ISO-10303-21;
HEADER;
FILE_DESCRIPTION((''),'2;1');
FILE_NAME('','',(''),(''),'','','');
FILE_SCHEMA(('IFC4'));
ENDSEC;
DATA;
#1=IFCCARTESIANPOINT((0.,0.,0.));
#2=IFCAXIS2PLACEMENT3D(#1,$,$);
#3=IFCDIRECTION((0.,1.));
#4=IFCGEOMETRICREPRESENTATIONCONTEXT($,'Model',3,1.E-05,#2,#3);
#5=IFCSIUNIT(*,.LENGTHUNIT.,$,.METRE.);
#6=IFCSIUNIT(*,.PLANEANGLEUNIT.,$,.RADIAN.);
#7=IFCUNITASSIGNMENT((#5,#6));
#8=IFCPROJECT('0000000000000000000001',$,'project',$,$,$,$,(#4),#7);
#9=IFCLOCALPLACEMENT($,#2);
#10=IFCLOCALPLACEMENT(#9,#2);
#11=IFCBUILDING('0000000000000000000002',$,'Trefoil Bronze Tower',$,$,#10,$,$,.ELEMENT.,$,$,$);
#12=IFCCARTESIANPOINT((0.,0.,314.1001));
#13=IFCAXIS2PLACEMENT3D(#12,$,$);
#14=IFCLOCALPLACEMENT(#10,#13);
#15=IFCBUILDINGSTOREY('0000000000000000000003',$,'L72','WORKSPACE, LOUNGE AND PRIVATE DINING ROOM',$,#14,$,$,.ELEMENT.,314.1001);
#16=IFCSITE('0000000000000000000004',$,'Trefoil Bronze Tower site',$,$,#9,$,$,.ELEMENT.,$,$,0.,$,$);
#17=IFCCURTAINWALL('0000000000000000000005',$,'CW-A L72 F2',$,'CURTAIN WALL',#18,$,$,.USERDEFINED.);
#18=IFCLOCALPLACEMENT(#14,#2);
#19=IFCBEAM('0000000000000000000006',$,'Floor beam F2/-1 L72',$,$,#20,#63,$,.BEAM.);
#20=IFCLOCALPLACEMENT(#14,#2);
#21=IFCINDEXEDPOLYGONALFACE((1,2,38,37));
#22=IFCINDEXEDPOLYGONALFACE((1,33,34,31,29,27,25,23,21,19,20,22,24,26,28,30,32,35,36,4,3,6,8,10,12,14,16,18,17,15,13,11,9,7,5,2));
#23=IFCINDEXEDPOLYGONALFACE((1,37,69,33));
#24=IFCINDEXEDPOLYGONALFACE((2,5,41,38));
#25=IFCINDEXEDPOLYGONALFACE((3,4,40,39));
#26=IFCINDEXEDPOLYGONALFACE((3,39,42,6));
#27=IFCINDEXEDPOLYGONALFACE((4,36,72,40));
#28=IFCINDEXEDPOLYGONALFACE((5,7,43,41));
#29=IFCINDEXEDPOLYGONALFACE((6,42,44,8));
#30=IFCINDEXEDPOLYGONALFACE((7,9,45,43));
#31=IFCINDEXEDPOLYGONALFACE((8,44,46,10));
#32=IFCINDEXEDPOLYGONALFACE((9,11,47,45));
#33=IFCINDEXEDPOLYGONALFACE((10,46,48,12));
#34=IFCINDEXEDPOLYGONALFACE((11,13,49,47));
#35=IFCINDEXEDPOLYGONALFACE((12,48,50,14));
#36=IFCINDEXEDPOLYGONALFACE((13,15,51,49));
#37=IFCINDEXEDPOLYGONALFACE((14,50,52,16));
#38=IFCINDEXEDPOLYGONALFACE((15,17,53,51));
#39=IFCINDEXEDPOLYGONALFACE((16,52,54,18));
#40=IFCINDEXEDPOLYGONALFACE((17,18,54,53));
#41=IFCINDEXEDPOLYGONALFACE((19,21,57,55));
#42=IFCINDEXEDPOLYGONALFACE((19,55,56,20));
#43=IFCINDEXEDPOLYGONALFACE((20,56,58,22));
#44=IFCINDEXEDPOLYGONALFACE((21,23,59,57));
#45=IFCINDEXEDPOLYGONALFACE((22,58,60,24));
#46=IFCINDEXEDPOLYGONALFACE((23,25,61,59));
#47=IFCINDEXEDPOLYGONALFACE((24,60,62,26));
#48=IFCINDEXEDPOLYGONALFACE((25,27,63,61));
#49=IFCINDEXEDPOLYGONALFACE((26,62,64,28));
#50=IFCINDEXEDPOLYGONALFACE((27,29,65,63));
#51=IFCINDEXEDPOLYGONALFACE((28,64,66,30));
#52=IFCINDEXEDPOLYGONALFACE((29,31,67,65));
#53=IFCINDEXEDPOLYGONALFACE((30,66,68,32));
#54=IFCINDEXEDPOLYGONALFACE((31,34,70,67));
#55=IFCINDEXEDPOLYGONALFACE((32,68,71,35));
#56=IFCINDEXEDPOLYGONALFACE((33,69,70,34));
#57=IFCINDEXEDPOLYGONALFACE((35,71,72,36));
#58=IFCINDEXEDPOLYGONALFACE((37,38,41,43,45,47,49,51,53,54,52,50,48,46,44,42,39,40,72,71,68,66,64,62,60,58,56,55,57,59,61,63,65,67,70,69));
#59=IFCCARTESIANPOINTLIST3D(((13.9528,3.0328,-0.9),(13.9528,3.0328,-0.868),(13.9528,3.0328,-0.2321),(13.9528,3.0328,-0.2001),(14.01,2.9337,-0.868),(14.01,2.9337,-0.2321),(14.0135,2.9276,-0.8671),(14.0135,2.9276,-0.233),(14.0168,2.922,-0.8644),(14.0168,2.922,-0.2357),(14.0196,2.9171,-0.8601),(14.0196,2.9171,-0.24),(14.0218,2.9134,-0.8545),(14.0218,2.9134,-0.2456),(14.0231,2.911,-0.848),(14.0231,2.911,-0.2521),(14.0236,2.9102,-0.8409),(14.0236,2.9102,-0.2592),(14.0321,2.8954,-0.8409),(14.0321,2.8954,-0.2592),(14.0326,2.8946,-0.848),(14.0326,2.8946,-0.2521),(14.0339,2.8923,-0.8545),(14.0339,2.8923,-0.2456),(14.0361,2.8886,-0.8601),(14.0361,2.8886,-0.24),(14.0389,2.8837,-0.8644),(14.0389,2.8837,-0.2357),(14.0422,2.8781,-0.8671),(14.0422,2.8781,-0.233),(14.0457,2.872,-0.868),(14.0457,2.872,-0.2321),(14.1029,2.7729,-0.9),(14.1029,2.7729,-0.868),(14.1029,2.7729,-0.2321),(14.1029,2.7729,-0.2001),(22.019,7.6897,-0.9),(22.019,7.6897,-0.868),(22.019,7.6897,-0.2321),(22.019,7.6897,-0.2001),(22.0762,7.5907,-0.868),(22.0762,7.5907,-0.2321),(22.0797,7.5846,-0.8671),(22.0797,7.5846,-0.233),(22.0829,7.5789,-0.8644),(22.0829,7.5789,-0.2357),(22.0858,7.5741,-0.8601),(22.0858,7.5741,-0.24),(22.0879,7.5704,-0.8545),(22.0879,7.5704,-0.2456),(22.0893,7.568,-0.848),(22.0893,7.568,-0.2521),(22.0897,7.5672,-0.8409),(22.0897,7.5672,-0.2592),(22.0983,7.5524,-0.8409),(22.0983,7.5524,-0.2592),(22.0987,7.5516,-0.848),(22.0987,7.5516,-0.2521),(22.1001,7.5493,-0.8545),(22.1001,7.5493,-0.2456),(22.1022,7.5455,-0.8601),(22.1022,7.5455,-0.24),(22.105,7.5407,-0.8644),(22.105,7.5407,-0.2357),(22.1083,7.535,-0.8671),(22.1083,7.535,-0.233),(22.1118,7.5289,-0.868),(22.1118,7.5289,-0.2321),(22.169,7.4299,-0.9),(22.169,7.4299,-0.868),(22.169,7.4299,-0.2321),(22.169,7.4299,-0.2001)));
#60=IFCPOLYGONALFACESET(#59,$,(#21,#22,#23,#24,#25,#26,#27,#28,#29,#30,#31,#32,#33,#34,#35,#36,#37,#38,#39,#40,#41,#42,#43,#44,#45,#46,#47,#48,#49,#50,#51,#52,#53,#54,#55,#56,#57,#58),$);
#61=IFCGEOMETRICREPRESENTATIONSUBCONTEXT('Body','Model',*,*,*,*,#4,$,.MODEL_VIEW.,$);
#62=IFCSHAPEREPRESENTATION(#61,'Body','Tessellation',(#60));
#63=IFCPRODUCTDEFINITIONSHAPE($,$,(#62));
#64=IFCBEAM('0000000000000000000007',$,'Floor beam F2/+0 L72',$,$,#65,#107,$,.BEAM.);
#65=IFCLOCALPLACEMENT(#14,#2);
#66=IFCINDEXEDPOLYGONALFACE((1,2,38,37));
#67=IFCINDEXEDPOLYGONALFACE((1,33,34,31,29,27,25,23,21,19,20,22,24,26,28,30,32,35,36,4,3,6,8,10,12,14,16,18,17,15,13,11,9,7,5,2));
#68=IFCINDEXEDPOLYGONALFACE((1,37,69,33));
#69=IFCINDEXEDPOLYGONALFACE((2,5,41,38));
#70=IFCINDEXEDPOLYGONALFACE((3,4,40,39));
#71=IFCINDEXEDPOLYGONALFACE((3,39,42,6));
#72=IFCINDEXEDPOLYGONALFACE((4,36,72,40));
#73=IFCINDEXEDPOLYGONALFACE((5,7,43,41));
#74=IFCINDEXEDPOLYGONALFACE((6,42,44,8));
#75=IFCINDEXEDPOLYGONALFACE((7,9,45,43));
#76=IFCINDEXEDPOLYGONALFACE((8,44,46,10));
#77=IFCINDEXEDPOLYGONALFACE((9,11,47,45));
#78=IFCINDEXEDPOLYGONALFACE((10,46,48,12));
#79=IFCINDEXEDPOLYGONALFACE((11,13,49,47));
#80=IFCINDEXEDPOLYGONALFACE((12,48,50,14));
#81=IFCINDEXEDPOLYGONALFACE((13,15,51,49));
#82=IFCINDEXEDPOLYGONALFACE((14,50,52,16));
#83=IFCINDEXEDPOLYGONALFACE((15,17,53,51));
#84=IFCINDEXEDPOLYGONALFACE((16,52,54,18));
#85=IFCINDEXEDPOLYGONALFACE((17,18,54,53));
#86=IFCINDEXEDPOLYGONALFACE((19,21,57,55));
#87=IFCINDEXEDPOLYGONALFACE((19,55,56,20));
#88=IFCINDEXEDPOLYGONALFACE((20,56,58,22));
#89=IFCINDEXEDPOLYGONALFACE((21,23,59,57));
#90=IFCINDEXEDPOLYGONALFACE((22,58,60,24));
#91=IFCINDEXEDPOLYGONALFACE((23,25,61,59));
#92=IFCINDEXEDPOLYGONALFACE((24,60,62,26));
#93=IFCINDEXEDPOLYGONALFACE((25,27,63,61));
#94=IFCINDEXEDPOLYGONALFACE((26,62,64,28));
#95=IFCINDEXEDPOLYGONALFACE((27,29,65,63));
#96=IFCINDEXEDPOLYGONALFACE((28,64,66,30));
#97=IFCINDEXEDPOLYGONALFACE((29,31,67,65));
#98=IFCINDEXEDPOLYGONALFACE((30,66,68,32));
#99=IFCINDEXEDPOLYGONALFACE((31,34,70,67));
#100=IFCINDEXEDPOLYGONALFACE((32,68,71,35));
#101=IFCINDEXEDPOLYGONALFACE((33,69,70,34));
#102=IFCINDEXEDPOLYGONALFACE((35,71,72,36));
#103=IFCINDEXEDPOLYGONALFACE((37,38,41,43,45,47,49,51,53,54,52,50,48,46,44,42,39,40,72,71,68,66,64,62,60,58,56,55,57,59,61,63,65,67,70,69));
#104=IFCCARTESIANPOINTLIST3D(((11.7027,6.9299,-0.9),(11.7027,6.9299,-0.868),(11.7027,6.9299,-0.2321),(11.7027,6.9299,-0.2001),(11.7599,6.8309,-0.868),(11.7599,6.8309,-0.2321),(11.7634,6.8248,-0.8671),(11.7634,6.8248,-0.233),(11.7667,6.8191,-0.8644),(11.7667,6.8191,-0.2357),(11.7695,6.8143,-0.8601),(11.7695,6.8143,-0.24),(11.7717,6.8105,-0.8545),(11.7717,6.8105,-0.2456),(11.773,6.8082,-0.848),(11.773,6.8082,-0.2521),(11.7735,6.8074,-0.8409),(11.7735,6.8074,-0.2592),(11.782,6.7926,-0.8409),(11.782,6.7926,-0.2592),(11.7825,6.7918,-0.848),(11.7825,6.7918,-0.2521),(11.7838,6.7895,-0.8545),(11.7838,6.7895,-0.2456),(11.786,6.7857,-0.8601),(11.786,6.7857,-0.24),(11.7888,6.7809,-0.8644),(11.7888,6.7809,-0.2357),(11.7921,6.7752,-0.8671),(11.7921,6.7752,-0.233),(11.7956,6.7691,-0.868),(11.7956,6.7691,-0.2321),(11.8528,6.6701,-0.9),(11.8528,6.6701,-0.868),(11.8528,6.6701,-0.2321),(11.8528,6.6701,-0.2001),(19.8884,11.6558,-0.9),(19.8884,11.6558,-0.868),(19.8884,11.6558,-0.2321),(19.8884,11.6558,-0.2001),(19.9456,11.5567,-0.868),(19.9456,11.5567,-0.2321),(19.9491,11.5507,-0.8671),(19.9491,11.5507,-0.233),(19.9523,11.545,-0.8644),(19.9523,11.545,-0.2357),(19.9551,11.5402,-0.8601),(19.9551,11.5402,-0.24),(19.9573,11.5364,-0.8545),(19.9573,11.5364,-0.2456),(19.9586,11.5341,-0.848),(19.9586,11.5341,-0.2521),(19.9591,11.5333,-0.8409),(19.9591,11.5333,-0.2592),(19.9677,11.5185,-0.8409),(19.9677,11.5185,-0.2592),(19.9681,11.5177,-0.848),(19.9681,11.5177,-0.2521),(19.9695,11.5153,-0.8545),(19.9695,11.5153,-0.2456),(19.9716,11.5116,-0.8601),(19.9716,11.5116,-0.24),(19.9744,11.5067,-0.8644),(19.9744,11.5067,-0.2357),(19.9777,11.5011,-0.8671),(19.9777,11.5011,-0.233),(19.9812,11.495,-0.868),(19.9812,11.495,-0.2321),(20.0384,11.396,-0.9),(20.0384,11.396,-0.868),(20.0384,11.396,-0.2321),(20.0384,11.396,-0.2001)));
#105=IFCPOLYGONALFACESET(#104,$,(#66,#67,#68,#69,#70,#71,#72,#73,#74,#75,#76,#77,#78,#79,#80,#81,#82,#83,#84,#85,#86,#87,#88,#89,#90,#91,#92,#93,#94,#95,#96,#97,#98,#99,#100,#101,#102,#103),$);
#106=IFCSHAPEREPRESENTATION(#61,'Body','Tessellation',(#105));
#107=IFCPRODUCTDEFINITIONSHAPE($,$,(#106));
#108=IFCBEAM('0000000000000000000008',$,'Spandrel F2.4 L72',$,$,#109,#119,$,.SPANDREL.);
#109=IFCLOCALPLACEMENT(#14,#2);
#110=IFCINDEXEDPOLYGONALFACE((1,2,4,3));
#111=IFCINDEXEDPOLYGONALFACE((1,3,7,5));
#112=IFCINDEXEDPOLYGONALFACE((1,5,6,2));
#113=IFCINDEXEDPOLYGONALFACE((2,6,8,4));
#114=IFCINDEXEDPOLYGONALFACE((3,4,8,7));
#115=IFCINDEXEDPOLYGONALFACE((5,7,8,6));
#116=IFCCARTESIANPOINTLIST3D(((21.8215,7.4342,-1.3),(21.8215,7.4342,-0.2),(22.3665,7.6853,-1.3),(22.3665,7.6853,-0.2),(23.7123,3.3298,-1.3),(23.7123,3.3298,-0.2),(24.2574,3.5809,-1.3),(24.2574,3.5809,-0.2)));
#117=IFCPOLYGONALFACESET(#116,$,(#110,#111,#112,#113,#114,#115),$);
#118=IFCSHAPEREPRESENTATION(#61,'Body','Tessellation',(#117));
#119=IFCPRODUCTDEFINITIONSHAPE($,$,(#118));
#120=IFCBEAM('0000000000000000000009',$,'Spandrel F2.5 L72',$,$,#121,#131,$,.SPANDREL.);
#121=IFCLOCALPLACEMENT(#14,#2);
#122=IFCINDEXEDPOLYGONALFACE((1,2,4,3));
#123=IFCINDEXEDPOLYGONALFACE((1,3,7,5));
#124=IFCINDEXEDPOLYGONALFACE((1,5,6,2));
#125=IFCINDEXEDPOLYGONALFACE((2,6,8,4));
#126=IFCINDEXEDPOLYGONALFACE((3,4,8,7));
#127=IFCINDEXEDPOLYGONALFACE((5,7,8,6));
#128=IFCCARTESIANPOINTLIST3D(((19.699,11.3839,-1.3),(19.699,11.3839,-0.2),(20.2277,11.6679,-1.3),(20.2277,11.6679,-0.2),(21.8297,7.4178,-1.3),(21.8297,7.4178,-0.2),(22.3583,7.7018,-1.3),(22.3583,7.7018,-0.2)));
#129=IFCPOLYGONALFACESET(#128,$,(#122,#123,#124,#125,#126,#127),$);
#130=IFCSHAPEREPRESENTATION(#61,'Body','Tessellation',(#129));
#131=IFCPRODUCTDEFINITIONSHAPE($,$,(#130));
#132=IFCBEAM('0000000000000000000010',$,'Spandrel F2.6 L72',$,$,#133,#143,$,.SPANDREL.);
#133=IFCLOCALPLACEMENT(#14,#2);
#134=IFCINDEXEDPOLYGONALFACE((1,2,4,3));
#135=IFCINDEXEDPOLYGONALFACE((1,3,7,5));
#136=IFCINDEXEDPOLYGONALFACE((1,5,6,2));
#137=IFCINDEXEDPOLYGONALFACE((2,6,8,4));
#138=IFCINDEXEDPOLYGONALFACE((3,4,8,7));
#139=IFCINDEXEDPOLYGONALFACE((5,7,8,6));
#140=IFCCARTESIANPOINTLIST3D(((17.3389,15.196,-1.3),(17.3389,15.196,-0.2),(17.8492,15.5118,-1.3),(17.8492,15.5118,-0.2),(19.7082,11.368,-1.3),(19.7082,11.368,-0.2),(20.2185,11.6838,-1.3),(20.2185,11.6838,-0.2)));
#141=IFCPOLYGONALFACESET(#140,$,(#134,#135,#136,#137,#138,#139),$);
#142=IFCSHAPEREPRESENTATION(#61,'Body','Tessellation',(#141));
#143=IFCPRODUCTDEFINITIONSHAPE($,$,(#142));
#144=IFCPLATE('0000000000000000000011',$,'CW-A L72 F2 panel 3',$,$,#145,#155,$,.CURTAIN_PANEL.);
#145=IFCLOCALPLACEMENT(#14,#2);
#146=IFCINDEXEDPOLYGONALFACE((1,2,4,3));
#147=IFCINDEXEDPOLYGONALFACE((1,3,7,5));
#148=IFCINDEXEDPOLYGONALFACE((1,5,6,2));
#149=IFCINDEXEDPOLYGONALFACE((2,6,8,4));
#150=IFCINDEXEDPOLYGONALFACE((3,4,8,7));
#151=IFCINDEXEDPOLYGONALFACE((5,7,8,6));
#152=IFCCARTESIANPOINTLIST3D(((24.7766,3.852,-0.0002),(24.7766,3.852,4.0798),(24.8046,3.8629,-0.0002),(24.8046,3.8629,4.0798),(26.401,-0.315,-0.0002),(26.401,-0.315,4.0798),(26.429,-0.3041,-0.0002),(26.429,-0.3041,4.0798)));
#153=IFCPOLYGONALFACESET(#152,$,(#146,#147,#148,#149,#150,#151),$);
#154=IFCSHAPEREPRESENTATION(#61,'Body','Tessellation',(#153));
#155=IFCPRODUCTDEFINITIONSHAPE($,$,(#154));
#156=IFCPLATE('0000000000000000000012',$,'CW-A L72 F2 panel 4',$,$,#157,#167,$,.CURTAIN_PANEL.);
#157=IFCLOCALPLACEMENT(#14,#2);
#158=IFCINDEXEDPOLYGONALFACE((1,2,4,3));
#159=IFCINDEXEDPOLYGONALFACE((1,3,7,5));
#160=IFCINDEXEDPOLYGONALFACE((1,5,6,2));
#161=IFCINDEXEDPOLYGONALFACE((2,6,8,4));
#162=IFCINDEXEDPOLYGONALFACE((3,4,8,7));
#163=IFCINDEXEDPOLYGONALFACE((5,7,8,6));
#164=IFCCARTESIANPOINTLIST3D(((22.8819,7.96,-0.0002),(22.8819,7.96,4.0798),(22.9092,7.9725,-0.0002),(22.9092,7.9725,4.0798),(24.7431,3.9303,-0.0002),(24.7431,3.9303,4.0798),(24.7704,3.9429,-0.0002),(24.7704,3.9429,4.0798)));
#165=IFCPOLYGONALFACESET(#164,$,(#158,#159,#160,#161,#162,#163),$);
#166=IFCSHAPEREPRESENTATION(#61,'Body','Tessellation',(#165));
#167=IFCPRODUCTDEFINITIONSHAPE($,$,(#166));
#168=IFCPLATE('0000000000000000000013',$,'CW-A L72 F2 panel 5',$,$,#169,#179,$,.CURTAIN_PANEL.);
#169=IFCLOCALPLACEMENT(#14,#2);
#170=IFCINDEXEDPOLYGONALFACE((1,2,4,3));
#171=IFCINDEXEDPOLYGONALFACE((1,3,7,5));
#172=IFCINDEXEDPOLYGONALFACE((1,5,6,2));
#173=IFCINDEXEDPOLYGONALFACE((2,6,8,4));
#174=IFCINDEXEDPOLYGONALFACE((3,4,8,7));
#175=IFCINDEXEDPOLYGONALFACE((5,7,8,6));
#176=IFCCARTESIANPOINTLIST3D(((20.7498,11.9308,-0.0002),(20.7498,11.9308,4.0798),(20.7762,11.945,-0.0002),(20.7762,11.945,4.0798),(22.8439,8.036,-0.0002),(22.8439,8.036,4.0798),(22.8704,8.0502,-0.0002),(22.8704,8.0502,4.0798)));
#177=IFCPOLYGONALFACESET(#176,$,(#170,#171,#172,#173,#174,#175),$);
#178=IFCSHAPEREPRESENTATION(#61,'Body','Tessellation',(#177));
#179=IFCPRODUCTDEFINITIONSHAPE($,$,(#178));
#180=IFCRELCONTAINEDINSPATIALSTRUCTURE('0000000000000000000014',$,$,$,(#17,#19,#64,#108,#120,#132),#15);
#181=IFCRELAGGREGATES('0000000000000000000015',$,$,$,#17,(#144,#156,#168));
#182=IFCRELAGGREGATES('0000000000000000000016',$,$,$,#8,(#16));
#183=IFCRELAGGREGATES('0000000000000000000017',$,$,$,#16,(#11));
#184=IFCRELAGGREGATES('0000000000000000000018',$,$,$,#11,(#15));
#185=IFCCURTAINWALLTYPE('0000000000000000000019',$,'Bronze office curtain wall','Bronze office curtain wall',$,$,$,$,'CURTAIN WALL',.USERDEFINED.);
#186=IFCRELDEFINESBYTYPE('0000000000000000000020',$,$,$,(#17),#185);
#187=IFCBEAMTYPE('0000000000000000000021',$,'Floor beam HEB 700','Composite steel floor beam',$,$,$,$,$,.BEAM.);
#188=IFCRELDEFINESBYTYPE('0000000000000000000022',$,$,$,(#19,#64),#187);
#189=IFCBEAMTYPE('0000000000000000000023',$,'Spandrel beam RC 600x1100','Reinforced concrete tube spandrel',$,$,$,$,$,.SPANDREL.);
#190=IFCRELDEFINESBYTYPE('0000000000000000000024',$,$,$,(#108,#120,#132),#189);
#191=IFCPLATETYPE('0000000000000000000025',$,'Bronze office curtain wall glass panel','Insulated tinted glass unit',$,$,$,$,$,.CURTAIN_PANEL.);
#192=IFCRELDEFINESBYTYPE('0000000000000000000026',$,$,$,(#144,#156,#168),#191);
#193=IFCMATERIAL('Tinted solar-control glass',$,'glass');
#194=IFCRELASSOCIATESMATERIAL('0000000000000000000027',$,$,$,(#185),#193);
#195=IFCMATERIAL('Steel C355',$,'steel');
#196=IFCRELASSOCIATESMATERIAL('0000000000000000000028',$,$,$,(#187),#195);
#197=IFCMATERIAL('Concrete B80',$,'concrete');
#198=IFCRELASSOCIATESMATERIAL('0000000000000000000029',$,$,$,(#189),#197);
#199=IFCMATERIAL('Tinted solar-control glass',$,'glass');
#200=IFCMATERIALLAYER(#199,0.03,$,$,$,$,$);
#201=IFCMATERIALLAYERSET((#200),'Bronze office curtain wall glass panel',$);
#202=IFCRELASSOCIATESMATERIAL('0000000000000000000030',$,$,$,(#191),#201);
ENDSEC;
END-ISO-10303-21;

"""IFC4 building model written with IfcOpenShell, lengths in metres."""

from ifc_helpers import new_model, si_unit, direction, frame, origin, origin_2d, place, context, subcontext, project, spatial, rectangle, i_section, extrude, material, layer, layer_set, material_profile, profile_set, type_object, element, aggregate, save


model = new_model("IFC4")

# Units and contexts
model_context = context("Model", 3, precision=1e-05, world=origin(), true_north=direction((0.0, 1.0)))
body_context = subcontext(model_context, "Body", "Model", "MODEL_VIEW")
ifc_project = project(units=[si_unit("LENGTHUNIT", "METRE"), si_unit("PLANEANGLEUNIT", "RADIAN")], contexts=[model_context])

# Site, building, storey
site_placement = place(None, origin())
site = spatial("IfcSite", under=ifc_project, at=site_placement, Name="Trefoil Bronze Tower site", CompositionType="ELEMENT", RefElevation=0.0)
building_placement = place(site_placement, origin())
building = spatial("IfcBuilding", under=site, at=building_placement, Name="Trefoil Bronze Tower", CompositionType="ELEMENT")
storey_placement = place(building_placement, frame((0.0, 0.0, 314.1001)))
storey = spatial("IfcBuildingStorey", under=building, at=storey_placement, Name="L72", Description="WORKSPACE, LOUNGE AND PRIVATE DINING ROOM", CompositionType="ELEMENT", Elevation=314.1001)

# Curtain wall
ifc_material_1 = material(Name="Tinted solar-control glass", Category="glass")
curtain_wall_type = type_object("IfcCurtainWallType", Name="Bronze office curtain wall", Description="Bronze office curtain wall", ElementType="CURTAIN WALL", PredefinedType="USERDEFINED", material=ifc_material_1)
curtain_wall_placement = place(storey_placement, origin())
curtain_wall = element("IfcCurtainWall", 1, at=curtain_wall_placement, inside=storey, type_object=curtain_wall_type, Name="CW-A L72 F2", ObjectType="CURTAIN WALL", PredefinedType="USERDEFINED")

# Beams
ifc_material_2 = material(Name="Steel C355", Category="steel")
ifc_material_profile_1 = material_profile(ifc_material_2, i_section(OverallWidth=0.3, OverallDepth=0.7, WebThickness=0.0171, FlangeThickness=0.032, FilletRadius=0.0271, at=origin_2d()), Name="HEB 700")
ifc_profile_set_1 = profile_set([ifc_material_profile_1], Name="Steel C355")
beam_type_1 = type_object("IfcBeamType", Name="Floor beam HEB 700", Description="Composite steel floor beam", PredefinedType="BEAM", material=ifc_profile_set_1)
beam_1_placement = place(storey_placement, frame((22.094, 7.5598, -0.55), z_axis=(-0.866026, -0.499999, 0.0), x_axis=(0.499999, -0.866026, 0.0)))
element("IfcBeam", 2, at=beam_1_placement, inside=storey, type_object=beam_type_1, Name="Floor beam F2/-1 L72", PredefinedType="BEAM", context=body_context, shape_type="SweptSolid", body=[
    extrude(i_section(OverallWidth=0.3, OverallDepth=0.7, WebThickness=0.0171, FlangeThickness=0.032, FilletRadius=0.0271, at=origin_2d()), origin(), (0.0, 0.0, 1.0), 9.314),
])
beam_2_placement = place(storey_placement, frame((19.9634, 11.5259, -0.55), z_axis=(-0.86603, -0.499992, 0.0), x_axis=(0.499992, -0.86603, 0.0)))
element("IfcBeam", 3, at=beam_2_placement, inside=storey, type_object=beam_type_1, Name="Floor beam F2/+0 L72", PredefinedType="BEAM", context=body_context, shape_type="SweptSolid", body=[
    extrude(i_section(OverallWidth=0.3, OverallDepth=0.7, WebThickness=0.0171, FlangeThickness=0.032, FilletRadius=0.0271, at=origin_2d()), origin(), (0.0, 0.0, 1.0), 9.4519),
])
ifc_material_3 = material(Name="Concrete B80", Category="concrete")
ifc_material_profile_2 = material_profile(ifc_material_3, rectangle(XDim=0.6001, YDim=1.1001, at=origin_2d()), Name="RC 600x1100")
ifc_profile_set_2 = profile_set([ifc_material_profile_2], Name="Concrete B80")
beam_type_2 = type_object("IfcBeamType", Name="Spandrel beam RC 600x1100", Description="Reinforced concrete tube spandrel", PredefinedType="SPANDREL", material=ifc_profile_set_2)
beam_3_placement = place(storey_placement, frame((23.9849, 3.4553, -0.75), z_axis=(-0.418417, 0.908255, 0.0), x_axis=(-0.908255, -0.418417, 0.0)))
element("IfcBeam", 4, at=beam_3_placement, inside=storey, type_object=beam_type_2, Name="Spandrel F2.4 L72", PredefinedType="SPANDREL", context=body_context, shape_type="SweptSolid", body=[
    extrude(rectangle(XDim=0.6001, YDim=1.1001, at=origin_2d()), origin(), (0.0, 0.0, 1.0), 4.519),
])
beam_4_placement = place(storey_placement, frame((22.094, 7.5598, -0.75), z_axis=(-0.473246, 0.88093, 0.0), x_axis=(-0.88093, -0.473246, 0.0)))
element("IfcBeam", 5, at=beam_4_placement, inside=storey, type_object=beam_type_2, Name="Spandrel F2.5 L72", PredefinedType="SPANDREL", context=body_context, shape_type="SweptSolid", body=[
    extrude(rectangle(XDim=0.6001, YDim=1.1001, at=origin_2d()), origin(), (0.0, 0.0, 1.0), 4.5022),
])
beam_5_placement = place(storey_placement, frame((19.9634, 11.5259, -0.75), z_axis=(-0.526289, 0.850306, 0.0), x_axis=(-0.850306, -0.526289, 0.0)))
element("IfcBeam", 6, at=beam_5_placement, inside=storey, type_object=beam_type_2, Name="Spandrel F2.6 L72", PredefinedType="SPANDREL", context=body_context, shape_type="SweptSolid", body=[
    extrude(rectangle(XDim=0.6001, YDim=1.1001, at=origin_2d()), origin(), (0.0, 0.0, 1.0), 4.502),
])

# Plates
ifc_material_4 = material(Name="Tinted solar-control glass", Category="glass")
ifc_layer_1 = layer(ifc_material_4, 0.03)
ifc_layer_set_1 = layer_set([ifc_layer_1], Name="Bronze office curtain wall glass panel")
plate_type = type_object("IfcPlateType", Name="Bronze office curtain wall glass panel", Description="Insulated tinted glass unit", PredefinedType="CURTAIN_PANEL", material=ifc_layer_set_1)
plate_1_placement = place(storey_placement, frame((25.6028, 1.7739, -0.0002), z_axis=(0.0, 0.0, 1.0), x_axis=(-0.363199, 0.931712, 0.0)))
plate_1 = element("IfcPlate", 7, at=plate_1_placement, type_object=plate_type, Name="CW-A L72 F2 panel 3", PredefinedType="CURTAIN_PANEL", context=body_context, shape_type="SweptSolid", body=[
    extrude(rectangle(XDim=4.4724, YDim=0.03, at=origin_2d()), origin(), (0.0, 0.0, 1.0), 4.0801),
])
plate_2_placement = place(storey_placement, frame((23.8262, 5.9514, -0.0002), z_axis=(0.0, 0.0, 1.0), x_axis=(-0.419309, 0.907844, 0.0)))
plate_2 = element("IfcPlate", 8, at=plate_2_placement, type_object=plate_type, Name="CW-A L72 F2 panel 4", PredefinedType="CURTAIN_PANEL", context=body_context, shape_type="SweptSolid", body=[
    extrude(rectangle(XDim=4.4387, YDim=0.03, at=origin_2d()), origin(), (0.0, 0.0, 1.0), 4.0801),
])
plate_3_placement = place(storey_placement, frame((21.8101, 9.9905, -0.0002), z_axis=(0.0, 0.0, 1.0), x_axis=(-0.473562, 0.88076, 0.0)))
plate_3 = element("IfcPlate", 9, at=plate_3_placement, type_object=plate_type, Name="CW-A L72 F2 panel 5", PredefinedType="CURTAIN_PANEL", context=body_context, shape_type="SweptSolid", body=[
    extrude(rectangle(XDim=4.4221, YDim=0.03, at=origin_2d()), origin(), (0.0, 0.0, 1.0), 4.0801),
])
aggregate(curtain_wall, [plate_1, plate_2, plate_3])

save(model, "model.ifc")
